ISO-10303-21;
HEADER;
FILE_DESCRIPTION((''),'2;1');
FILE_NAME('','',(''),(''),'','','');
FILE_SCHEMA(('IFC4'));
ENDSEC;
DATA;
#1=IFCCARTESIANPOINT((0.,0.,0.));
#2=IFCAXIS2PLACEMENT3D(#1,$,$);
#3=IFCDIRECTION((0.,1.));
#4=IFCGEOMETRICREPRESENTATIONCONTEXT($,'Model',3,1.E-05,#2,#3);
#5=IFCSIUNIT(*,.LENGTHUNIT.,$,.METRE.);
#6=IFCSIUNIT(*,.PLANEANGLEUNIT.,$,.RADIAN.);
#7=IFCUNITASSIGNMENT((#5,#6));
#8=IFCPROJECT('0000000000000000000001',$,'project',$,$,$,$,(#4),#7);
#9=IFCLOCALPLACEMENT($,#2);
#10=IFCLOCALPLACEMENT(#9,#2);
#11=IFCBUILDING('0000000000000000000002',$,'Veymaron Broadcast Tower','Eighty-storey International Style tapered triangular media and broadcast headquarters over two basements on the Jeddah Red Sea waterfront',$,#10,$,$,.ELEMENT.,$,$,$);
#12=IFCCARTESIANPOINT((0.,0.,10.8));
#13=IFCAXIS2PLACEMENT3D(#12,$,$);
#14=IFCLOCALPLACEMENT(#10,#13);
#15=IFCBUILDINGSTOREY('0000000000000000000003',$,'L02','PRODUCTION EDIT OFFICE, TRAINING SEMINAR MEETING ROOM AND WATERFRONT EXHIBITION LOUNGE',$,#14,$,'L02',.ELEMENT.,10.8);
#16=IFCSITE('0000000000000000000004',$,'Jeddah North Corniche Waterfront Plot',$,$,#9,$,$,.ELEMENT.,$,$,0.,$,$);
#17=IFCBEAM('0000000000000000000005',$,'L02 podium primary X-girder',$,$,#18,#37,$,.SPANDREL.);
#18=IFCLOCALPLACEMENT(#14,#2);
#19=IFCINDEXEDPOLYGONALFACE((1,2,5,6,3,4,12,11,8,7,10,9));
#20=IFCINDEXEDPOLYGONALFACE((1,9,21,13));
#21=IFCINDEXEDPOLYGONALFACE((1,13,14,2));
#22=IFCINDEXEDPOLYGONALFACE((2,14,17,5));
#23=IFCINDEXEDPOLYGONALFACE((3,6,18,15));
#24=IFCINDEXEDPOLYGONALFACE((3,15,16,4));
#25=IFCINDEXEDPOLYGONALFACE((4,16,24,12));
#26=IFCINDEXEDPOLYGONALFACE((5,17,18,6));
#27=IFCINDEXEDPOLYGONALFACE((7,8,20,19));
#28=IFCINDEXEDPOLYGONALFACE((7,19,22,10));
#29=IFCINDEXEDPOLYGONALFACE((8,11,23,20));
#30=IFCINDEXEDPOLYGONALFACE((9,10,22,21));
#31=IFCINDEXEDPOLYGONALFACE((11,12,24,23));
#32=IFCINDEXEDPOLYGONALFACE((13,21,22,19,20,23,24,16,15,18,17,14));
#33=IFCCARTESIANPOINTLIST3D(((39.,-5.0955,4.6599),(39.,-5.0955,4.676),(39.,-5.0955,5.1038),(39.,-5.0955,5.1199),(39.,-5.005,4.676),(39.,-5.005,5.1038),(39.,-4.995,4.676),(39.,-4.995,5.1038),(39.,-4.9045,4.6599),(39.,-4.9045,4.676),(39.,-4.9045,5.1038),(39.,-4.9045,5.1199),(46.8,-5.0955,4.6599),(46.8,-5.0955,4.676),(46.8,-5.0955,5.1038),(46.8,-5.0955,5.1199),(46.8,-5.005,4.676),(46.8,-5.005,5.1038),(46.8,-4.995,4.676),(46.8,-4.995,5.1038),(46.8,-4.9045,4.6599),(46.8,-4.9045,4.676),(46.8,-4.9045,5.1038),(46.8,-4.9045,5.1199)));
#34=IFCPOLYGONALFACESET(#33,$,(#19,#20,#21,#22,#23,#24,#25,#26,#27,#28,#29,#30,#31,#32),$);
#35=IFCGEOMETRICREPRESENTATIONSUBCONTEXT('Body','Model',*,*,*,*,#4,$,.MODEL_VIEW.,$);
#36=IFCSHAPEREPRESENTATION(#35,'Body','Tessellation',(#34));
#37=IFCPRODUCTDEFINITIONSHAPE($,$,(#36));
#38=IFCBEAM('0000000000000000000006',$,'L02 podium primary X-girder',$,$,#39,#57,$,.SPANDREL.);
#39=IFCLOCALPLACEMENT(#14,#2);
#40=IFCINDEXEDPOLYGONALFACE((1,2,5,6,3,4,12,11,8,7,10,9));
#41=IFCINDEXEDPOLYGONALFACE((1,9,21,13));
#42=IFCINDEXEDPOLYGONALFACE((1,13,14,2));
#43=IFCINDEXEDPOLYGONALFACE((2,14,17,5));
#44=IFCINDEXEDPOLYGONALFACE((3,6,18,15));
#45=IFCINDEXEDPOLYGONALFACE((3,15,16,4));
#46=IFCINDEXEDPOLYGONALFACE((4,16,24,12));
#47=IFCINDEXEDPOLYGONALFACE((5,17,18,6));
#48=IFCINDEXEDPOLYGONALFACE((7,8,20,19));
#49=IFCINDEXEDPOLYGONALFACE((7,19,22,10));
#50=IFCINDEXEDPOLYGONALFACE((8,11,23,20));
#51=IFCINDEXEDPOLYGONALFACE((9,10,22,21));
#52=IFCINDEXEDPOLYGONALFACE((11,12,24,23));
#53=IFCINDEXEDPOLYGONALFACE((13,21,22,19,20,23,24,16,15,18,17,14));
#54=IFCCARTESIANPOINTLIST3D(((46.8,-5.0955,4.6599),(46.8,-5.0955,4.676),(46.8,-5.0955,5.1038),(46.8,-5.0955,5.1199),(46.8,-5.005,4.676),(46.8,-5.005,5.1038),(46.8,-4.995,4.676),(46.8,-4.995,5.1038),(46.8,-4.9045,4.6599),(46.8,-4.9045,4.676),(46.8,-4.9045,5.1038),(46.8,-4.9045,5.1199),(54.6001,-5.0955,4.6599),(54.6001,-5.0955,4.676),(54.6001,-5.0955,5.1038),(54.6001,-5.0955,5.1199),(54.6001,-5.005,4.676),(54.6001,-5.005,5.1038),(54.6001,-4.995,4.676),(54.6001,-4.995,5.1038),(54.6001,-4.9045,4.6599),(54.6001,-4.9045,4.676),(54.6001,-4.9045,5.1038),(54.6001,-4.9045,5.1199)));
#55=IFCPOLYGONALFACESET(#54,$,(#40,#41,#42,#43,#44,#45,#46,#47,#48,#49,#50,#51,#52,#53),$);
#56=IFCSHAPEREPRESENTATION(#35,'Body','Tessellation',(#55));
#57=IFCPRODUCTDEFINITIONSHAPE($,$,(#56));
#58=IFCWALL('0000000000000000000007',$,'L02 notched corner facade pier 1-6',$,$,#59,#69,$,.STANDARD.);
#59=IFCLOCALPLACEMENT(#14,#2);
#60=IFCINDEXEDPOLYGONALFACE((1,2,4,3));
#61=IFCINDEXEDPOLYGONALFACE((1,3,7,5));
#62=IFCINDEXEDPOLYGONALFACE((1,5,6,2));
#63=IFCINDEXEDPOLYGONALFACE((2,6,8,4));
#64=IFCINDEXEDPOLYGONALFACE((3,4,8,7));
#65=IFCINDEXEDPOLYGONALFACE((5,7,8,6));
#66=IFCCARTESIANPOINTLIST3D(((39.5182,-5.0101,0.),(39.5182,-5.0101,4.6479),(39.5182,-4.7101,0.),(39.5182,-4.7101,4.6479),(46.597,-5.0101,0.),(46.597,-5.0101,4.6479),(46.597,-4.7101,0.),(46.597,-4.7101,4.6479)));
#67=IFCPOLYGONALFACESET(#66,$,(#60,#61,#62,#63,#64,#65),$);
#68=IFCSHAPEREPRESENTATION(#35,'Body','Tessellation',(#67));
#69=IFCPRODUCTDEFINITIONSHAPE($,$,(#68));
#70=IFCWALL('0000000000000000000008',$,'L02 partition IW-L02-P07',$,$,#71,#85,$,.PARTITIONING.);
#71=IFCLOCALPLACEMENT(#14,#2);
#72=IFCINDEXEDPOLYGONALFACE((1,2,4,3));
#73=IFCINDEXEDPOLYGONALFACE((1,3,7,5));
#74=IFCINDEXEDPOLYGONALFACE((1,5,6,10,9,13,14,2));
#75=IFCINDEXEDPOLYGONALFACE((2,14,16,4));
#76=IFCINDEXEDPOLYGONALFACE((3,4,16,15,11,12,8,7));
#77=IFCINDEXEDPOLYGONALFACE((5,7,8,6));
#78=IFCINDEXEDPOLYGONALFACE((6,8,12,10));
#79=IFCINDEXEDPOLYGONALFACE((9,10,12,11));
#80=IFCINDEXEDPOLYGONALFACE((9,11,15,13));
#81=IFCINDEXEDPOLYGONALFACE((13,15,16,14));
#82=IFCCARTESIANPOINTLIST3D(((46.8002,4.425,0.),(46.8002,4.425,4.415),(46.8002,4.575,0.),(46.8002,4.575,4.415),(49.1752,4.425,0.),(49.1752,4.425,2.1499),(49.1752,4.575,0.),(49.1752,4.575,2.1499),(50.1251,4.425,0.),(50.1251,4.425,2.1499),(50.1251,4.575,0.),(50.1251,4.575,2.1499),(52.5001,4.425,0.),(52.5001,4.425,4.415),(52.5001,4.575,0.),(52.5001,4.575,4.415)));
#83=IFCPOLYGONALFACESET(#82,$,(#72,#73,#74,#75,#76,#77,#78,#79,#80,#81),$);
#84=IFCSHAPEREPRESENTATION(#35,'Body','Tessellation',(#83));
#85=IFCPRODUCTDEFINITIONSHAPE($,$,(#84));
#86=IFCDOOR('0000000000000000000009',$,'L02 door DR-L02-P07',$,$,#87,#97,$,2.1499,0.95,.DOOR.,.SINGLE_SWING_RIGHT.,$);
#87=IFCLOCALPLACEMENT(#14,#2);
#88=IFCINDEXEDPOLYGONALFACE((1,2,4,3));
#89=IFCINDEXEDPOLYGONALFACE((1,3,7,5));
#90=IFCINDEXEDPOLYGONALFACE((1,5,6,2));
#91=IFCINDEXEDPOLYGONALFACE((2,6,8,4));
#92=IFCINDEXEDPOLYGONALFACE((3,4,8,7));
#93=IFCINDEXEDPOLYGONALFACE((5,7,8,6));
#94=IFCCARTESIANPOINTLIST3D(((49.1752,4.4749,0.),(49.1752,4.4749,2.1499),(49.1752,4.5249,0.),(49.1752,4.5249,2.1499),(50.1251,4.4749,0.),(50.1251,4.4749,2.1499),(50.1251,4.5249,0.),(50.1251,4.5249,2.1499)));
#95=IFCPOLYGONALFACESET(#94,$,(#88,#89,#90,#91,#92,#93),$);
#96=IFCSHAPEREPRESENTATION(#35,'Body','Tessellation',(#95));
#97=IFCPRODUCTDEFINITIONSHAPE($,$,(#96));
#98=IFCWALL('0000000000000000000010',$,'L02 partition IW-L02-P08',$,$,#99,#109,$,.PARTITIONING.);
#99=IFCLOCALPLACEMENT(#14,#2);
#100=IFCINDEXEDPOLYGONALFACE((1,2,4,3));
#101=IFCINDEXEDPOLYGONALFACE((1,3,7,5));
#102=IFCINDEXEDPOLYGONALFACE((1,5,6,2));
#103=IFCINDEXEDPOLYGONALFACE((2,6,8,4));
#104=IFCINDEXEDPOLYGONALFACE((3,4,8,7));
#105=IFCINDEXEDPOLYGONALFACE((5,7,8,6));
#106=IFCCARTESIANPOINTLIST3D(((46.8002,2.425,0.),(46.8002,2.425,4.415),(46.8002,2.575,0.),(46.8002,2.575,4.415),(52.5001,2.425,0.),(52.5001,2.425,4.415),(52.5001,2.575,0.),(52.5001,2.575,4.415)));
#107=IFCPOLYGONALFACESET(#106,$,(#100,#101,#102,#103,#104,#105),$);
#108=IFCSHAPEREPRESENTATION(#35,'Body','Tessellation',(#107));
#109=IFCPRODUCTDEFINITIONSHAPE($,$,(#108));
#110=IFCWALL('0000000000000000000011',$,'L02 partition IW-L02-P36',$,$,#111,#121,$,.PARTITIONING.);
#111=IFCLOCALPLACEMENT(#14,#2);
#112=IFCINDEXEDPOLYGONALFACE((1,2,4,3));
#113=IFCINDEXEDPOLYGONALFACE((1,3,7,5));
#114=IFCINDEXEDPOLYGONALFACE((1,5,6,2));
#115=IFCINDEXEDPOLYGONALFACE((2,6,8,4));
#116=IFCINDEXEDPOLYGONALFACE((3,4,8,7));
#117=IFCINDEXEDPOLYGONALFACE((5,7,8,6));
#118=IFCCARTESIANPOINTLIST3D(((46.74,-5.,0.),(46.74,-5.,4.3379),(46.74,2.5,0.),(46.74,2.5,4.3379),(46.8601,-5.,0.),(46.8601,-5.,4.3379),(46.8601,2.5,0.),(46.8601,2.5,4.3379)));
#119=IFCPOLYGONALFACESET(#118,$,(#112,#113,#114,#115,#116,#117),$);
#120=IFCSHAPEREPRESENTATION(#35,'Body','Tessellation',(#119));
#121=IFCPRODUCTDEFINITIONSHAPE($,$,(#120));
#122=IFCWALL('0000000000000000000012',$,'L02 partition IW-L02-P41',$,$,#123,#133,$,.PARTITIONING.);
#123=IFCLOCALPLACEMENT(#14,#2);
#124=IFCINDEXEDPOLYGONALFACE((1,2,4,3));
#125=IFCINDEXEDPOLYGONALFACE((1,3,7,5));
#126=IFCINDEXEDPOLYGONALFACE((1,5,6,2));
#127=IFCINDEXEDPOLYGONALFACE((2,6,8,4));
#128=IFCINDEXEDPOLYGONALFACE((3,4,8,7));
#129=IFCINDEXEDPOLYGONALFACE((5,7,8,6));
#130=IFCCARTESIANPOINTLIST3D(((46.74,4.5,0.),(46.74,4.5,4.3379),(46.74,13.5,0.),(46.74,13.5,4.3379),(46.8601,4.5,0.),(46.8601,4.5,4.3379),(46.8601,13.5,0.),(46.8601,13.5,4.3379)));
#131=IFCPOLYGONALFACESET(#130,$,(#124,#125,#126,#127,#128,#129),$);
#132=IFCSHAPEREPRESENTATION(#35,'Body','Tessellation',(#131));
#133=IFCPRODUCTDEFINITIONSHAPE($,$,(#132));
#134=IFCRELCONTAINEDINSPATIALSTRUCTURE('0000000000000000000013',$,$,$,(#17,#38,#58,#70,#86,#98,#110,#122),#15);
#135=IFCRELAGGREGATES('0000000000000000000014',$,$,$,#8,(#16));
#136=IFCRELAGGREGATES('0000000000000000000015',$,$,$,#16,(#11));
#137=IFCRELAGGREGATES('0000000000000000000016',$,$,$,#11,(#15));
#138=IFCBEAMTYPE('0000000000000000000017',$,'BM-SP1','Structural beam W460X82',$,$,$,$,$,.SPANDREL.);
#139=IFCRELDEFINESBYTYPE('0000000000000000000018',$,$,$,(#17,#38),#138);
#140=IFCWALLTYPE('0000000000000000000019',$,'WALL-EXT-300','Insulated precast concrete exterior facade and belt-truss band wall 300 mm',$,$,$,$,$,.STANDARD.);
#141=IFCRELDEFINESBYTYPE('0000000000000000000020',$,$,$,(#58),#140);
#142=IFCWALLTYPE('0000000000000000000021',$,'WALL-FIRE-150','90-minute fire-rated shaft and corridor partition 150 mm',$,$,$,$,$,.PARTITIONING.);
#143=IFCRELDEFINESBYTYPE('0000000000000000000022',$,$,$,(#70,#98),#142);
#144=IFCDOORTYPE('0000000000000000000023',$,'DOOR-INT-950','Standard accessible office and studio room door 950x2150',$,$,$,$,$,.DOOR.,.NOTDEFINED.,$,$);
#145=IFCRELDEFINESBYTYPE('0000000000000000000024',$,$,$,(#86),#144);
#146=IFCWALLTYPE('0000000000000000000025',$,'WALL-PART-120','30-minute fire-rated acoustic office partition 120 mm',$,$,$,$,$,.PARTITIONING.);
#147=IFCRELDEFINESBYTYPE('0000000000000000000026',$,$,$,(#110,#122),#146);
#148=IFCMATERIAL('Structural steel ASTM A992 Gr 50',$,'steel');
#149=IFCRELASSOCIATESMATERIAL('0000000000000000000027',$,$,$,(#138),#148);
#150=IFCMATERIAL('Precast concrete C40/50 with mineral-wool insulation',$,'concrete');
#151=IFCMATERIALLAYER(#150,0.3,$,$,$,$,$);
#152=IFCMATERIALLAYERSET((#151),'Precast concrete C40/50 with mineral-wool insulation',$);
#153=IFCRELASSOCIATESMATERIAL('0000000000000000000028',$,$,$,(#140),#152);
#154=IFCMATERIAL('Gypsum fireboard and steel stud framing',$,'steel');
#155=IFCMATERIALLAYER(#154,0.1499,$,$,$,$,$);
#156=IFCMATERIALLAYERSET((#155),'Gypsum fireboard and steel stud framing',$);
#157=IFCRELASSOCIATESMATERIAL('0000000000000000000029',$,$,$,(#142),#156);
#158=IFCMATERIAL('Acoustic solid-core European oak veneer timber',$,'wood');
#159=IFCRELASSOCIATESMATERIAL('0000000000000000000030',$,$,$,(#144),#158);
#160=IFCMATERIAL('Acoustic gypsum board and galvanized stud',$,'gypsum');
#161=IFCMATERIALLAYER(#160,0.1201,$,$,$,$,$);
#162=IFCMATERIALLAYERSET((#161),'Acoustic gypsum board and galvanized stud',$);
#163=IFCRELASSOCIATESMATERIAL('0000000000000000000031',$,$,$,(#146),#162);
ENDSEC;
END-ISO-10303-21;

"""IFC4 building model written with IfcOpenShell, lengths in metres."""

from ifc_helpers import new_model, si_unit, direction, frame, frame_2d, origin, origin_2d, place, context, subcontext, project, spatial, rectangle, i_section, extrude, material, layer, layer_set, material_profile, profile_set, type_object, element, fill, save


model = new_model("IFC4")

# Units and contexts
model_context = context("Model", 3, precision=1e-05, world=origin(), true_north=direction((0.0, 1.0)))
body_context = subcontext(model_context, "Body", "Model", "MODEL_VIEW")
ifc_project = project(units=[si_unit("LENGTHUNIT", "METRE"), si_unit("PLANEANGLEUNIT", "RADIAN")], contexts=[model_context])

# Site, building, storey
site_placement = place(None, origin())
site = spatial("IfcSite", under=ifc_project, at=site_placement, Name="Jeddah North Corniche Waterfront Plot", CompositionType="ELEMENT", RefElevation=0.0)
building_placement = place(site_placement, origin())
building = spatial("IfcBuilding", under=site, at=building_placement, Name="Veymaron Broadcast Tower", Description="Eighty-storey International Style tapered triangular media and broadcast headquarters over two basements on the Jeddah Red Sea waterfront", CompositionType="ELEMENT")
storey_placement = place(building_placement, frame((0.0, 0.0, 10.8)))
storey = spatial("IfcBuildingStorey", under=building, at=storey_placement, Name="L02", Description="PRODUCTION EDIT OFFICE, TRAINING SEMINAR MEETING ROOM AND WATERFRONT EXHIBITION LOUNGE", LongName="L02", CompositionType="ELEMENT", Elevation=10.8)

# Shared definitions
ifc_material_1 = material(Name="Structural steel ASTM A992 Gr 50", Category="steel")

# Beams
ifc_material_profile_1 = material_profile(ifc_material_1, i_section(OverallWidth=0.1909, OverallDepth=0.46, WebThickness=0.01, FlangeThickness=0.0161, at=origin_2d()), Name="W460X82")
ifc_profile_set_1 = profile_set([ifc_material_profile_1], Name="Structural steel ASTM A992 Gr 50")
beam_type_1 = type_object("IfcBeamType", Name="BM-SP1", Description="Structural beam W460X82", PredefinedType="SPANDREL", material=ifc_profile_set_1)
for number, where, z_axis, x_axis, name in (
    (1, (39.0, -5.0, 4.8899), (1.0, 0.0, 0.0), (0.0, 1.0, 0.0), "L02 podium primary X-girder"),
    (2, (46.8, -5.0, 4.8899), (1.0, 0.0, 0.0), (0.0, 1.0, 0.0), "L02 podium primary X-girder"),
):
    element("IfcBeam", number, at=place(storey_placement, frame(where, z_axis=z_axis, x_axis=x_axis)), inside=storey, type_object=beam_type_1, Name=name, PredefinedType="SPANDREL", context=body_context, shape_type="SweptSolid", body=[
        extrude(i_section(OverallWidth=0.1909, OverallDepth=0.46, WebThickness=0.01, FlangeThickness=0.0161, at=origin_2d()), origin(), (0.0, 0.0, 1.0), 7.8),
    ])

# Wall
ifc_material_2 = material(Name="Precast concrete C40/50 with mineral-wool insulation", Category="concrete")
ifc_layer_1 = layer(ifc_material_2, 0.3)
ifc_layer_set_1 = layer_set([ifc_layer_1], Name="Precast concrete C40/50 with mineral-wool insulation")
wall_type_1 = type_object("IfcWallType", Name="WALL-EXT-300", Description="Insulated precast concrete exterior facade and belt-truss band wall 300 mm", PredefinedType="STANDARD", material=ifc_layer_set_1)
wall_1_placement = place(storey_placement, frame((39.5181, -4.8601, 0.0), z_axis=(0.0, 0.0, 1.0), x_axis=(1.0, 0.0, 0.0)))
element("IfcWall", 3, at=wall_1_placement, inside=storey, type_object=wall_type_1, Name="L02 notched corner facade pier 1-6", PredefinedType="STANDARD", context=body_context, shape_type="SweptSolid", body=[
    extrude(rectangle(XDim=7.0789, YDim=0.3, at=frame_2d((3.5396, 0.0))), origin(), (0.0, 0.0, 1.0), 4.6479),
])

# Wall, opening, door
ifc_material_3 = material(Name="Gypsum fireboard and steel stud framing", Category="steel")
ifc_layer_2 = layer(ifc_material_3, 0.1499)
ifc_layer_set_2 = layer_set([ifc_layer_2], Name="Gypsum fireboard and steel stud framing")
wall_type_2 = type_object("IfcWallType", Name="WALL-FIRE-150", Description="90-minute fire-rated shaft and corridor partition 150 mm", PredefinedType="PARTITIONING", material=ifc_layer_set_2)
wall_2_placement = place(storey_placement, frame((46.8, 4.5, 0.0), z_axis=(0.0, 0.0, 1.0), x_axis=(1.0, 0.0, 0.0)))
wall_2 = element("IfcWall", 4, at=wall_2_placement, inside=storey, type_object=wall_type_2, Name="L02 partition IW-L02-P07", PredefinedType="PARTITIONING", context=body_context, shape_type="SweptSolid", body=[
    extrude(rectangle(XDim=5.7, YDim=0.1499, at=frame_2d((2.8501, 0.0))), origin(), (0.0, 0.0, 1.0), 4.415),
])
opening_placement = place(wall_2_placement, frame((2.375, 0.0, 0.0)))
opening = element("IfcOpeningElement", 5, at=opening_placement, cuts=wall_2, PredefinedType="OPENING", context=body_context, shape_type="SweptSolid", body=[
    extrude(rectangle(XDim=0.95, YDim=2.1499, at=frame_2d((0.4751, 1.075))), frame((0.0, 0.085, 0.0), z_axis=(0.0, -1.0, 0.0), x_axis=(1.0, 0.0, 0.0)), (0.0, 0.0, 1.0), 0.1699),
])
ifc_material_4 = material(Name="Acoustic solid-core European oak veneer timber", Category="wood")
door_type = type_object("IfcDoorType", Name="DOOR-INT-950", Description="Standard accessible office and studio room door 950x2150", OperationType="NOTDEFINED", PredefinedType="DOOR", material=ifc_material_4)
door_placement = place(opening_placement, origin())
door = element("IfcDoor", 6, at=door_placement, inside=storey, type_object=door_type, Name="L02 door DR-L02-P07", OperationType="SINGLE_SWING_RIGHT", OverallHeight=2.1499, OverallWidth=0.95, PredefinedType="DOOR", context=body_context, shape_type="SweptSolid", body=[
    extrude(rectangle(XDim=0.95, YDim=2.1499, at=frame_2d((0.4751, 1.075))), frame((0.0, 0.0249, 0.0), z_axis=(0.0, -1.0, 0.0), x_axis=(1.0, 0.0, 0.0)), (0.0, 0.0, 1.0), 0.05),
])
fill(opening, door)

# Walls
wall_3_placement = place(storey_placement, frame((46.8, 2.5, 0.0), z_axis=(0.0, 0.0, 1.0), x_axis=(1.0, 0.0, 0.0)))
element("IfcWall", 7, at=wall_3_placement, inside=storey, type_object=wall_type_2, Name="L02 partition IW-L02-P08", PredefinedType="PARTITIONING", context=body_context, shape_type="SweptSolid", body=[
    extrude(rectangle(XDim=5.7, YDim=0.1499, at=frame_2d((2.8501, 0.0))), origin(), (0.0, 0.0, 1.0), 4.415),
])
ifc_material_5 = material(Name="Acoustic gypsum board and galvanized stud", Category="gypsum")
ifc_layer_3 = layer(ifc_material_5, 0.1201)
ifc_layer_set_3 = layer_set([ifc_layer_3], Name="Acoustic gypsum board and galvanized stud")
wall_type_3 = type_object("IfcWallType", Name="WALL-PART-120", Description="30-minute fire-rated acoustic office partition 120 mm", PredefinedType="PARTITIONING", material=ifc_layer_set_3)
wall_4_placement = place(storey_placement, frame((46.8, -5.0, 0.0), z_axis=(0.0, 0.0, 1.0), x_axis=(0.0, 1.0, 0.0)))
element("IfcWall", 8, at=wall_4_placement, inside=storey, type_object=wall_type_3, Name="L02 partition IW-L02-P36", PredefinedType="PARTITIONING", context=body_context, shape_type="SweptSolid", body=[
    extrude(rectangle(XDim=7.5, YDim=0.1201, at=frame_2d((3.75, 0.0))), origin(), (0.0, 0.0, 1.0), 4.3379),
])
wall_5_placement = place(storey_placement, frame((46.8, 4.5, 0.0), z_axis=(0.0, 0.0, 1.0), x_axis=(0.0, 1.0, 0.0)))
element("IfcWall", 9, at=wall_5_placement, inside=storey, type_object=wall_type_3, Name="L02 partition IW-L02-P41", PredefinedType="PARTITIONING", context=body_context, shape_type="SweptSolid", body=[
    extrude(rectangle(XDim=9.0, YDim=0.1201, at=frame_2d((4.5, 0.0))), origin(), (0.0, 0.0, 1.0), 4.3379),
])

save(model, "model.ifc")
